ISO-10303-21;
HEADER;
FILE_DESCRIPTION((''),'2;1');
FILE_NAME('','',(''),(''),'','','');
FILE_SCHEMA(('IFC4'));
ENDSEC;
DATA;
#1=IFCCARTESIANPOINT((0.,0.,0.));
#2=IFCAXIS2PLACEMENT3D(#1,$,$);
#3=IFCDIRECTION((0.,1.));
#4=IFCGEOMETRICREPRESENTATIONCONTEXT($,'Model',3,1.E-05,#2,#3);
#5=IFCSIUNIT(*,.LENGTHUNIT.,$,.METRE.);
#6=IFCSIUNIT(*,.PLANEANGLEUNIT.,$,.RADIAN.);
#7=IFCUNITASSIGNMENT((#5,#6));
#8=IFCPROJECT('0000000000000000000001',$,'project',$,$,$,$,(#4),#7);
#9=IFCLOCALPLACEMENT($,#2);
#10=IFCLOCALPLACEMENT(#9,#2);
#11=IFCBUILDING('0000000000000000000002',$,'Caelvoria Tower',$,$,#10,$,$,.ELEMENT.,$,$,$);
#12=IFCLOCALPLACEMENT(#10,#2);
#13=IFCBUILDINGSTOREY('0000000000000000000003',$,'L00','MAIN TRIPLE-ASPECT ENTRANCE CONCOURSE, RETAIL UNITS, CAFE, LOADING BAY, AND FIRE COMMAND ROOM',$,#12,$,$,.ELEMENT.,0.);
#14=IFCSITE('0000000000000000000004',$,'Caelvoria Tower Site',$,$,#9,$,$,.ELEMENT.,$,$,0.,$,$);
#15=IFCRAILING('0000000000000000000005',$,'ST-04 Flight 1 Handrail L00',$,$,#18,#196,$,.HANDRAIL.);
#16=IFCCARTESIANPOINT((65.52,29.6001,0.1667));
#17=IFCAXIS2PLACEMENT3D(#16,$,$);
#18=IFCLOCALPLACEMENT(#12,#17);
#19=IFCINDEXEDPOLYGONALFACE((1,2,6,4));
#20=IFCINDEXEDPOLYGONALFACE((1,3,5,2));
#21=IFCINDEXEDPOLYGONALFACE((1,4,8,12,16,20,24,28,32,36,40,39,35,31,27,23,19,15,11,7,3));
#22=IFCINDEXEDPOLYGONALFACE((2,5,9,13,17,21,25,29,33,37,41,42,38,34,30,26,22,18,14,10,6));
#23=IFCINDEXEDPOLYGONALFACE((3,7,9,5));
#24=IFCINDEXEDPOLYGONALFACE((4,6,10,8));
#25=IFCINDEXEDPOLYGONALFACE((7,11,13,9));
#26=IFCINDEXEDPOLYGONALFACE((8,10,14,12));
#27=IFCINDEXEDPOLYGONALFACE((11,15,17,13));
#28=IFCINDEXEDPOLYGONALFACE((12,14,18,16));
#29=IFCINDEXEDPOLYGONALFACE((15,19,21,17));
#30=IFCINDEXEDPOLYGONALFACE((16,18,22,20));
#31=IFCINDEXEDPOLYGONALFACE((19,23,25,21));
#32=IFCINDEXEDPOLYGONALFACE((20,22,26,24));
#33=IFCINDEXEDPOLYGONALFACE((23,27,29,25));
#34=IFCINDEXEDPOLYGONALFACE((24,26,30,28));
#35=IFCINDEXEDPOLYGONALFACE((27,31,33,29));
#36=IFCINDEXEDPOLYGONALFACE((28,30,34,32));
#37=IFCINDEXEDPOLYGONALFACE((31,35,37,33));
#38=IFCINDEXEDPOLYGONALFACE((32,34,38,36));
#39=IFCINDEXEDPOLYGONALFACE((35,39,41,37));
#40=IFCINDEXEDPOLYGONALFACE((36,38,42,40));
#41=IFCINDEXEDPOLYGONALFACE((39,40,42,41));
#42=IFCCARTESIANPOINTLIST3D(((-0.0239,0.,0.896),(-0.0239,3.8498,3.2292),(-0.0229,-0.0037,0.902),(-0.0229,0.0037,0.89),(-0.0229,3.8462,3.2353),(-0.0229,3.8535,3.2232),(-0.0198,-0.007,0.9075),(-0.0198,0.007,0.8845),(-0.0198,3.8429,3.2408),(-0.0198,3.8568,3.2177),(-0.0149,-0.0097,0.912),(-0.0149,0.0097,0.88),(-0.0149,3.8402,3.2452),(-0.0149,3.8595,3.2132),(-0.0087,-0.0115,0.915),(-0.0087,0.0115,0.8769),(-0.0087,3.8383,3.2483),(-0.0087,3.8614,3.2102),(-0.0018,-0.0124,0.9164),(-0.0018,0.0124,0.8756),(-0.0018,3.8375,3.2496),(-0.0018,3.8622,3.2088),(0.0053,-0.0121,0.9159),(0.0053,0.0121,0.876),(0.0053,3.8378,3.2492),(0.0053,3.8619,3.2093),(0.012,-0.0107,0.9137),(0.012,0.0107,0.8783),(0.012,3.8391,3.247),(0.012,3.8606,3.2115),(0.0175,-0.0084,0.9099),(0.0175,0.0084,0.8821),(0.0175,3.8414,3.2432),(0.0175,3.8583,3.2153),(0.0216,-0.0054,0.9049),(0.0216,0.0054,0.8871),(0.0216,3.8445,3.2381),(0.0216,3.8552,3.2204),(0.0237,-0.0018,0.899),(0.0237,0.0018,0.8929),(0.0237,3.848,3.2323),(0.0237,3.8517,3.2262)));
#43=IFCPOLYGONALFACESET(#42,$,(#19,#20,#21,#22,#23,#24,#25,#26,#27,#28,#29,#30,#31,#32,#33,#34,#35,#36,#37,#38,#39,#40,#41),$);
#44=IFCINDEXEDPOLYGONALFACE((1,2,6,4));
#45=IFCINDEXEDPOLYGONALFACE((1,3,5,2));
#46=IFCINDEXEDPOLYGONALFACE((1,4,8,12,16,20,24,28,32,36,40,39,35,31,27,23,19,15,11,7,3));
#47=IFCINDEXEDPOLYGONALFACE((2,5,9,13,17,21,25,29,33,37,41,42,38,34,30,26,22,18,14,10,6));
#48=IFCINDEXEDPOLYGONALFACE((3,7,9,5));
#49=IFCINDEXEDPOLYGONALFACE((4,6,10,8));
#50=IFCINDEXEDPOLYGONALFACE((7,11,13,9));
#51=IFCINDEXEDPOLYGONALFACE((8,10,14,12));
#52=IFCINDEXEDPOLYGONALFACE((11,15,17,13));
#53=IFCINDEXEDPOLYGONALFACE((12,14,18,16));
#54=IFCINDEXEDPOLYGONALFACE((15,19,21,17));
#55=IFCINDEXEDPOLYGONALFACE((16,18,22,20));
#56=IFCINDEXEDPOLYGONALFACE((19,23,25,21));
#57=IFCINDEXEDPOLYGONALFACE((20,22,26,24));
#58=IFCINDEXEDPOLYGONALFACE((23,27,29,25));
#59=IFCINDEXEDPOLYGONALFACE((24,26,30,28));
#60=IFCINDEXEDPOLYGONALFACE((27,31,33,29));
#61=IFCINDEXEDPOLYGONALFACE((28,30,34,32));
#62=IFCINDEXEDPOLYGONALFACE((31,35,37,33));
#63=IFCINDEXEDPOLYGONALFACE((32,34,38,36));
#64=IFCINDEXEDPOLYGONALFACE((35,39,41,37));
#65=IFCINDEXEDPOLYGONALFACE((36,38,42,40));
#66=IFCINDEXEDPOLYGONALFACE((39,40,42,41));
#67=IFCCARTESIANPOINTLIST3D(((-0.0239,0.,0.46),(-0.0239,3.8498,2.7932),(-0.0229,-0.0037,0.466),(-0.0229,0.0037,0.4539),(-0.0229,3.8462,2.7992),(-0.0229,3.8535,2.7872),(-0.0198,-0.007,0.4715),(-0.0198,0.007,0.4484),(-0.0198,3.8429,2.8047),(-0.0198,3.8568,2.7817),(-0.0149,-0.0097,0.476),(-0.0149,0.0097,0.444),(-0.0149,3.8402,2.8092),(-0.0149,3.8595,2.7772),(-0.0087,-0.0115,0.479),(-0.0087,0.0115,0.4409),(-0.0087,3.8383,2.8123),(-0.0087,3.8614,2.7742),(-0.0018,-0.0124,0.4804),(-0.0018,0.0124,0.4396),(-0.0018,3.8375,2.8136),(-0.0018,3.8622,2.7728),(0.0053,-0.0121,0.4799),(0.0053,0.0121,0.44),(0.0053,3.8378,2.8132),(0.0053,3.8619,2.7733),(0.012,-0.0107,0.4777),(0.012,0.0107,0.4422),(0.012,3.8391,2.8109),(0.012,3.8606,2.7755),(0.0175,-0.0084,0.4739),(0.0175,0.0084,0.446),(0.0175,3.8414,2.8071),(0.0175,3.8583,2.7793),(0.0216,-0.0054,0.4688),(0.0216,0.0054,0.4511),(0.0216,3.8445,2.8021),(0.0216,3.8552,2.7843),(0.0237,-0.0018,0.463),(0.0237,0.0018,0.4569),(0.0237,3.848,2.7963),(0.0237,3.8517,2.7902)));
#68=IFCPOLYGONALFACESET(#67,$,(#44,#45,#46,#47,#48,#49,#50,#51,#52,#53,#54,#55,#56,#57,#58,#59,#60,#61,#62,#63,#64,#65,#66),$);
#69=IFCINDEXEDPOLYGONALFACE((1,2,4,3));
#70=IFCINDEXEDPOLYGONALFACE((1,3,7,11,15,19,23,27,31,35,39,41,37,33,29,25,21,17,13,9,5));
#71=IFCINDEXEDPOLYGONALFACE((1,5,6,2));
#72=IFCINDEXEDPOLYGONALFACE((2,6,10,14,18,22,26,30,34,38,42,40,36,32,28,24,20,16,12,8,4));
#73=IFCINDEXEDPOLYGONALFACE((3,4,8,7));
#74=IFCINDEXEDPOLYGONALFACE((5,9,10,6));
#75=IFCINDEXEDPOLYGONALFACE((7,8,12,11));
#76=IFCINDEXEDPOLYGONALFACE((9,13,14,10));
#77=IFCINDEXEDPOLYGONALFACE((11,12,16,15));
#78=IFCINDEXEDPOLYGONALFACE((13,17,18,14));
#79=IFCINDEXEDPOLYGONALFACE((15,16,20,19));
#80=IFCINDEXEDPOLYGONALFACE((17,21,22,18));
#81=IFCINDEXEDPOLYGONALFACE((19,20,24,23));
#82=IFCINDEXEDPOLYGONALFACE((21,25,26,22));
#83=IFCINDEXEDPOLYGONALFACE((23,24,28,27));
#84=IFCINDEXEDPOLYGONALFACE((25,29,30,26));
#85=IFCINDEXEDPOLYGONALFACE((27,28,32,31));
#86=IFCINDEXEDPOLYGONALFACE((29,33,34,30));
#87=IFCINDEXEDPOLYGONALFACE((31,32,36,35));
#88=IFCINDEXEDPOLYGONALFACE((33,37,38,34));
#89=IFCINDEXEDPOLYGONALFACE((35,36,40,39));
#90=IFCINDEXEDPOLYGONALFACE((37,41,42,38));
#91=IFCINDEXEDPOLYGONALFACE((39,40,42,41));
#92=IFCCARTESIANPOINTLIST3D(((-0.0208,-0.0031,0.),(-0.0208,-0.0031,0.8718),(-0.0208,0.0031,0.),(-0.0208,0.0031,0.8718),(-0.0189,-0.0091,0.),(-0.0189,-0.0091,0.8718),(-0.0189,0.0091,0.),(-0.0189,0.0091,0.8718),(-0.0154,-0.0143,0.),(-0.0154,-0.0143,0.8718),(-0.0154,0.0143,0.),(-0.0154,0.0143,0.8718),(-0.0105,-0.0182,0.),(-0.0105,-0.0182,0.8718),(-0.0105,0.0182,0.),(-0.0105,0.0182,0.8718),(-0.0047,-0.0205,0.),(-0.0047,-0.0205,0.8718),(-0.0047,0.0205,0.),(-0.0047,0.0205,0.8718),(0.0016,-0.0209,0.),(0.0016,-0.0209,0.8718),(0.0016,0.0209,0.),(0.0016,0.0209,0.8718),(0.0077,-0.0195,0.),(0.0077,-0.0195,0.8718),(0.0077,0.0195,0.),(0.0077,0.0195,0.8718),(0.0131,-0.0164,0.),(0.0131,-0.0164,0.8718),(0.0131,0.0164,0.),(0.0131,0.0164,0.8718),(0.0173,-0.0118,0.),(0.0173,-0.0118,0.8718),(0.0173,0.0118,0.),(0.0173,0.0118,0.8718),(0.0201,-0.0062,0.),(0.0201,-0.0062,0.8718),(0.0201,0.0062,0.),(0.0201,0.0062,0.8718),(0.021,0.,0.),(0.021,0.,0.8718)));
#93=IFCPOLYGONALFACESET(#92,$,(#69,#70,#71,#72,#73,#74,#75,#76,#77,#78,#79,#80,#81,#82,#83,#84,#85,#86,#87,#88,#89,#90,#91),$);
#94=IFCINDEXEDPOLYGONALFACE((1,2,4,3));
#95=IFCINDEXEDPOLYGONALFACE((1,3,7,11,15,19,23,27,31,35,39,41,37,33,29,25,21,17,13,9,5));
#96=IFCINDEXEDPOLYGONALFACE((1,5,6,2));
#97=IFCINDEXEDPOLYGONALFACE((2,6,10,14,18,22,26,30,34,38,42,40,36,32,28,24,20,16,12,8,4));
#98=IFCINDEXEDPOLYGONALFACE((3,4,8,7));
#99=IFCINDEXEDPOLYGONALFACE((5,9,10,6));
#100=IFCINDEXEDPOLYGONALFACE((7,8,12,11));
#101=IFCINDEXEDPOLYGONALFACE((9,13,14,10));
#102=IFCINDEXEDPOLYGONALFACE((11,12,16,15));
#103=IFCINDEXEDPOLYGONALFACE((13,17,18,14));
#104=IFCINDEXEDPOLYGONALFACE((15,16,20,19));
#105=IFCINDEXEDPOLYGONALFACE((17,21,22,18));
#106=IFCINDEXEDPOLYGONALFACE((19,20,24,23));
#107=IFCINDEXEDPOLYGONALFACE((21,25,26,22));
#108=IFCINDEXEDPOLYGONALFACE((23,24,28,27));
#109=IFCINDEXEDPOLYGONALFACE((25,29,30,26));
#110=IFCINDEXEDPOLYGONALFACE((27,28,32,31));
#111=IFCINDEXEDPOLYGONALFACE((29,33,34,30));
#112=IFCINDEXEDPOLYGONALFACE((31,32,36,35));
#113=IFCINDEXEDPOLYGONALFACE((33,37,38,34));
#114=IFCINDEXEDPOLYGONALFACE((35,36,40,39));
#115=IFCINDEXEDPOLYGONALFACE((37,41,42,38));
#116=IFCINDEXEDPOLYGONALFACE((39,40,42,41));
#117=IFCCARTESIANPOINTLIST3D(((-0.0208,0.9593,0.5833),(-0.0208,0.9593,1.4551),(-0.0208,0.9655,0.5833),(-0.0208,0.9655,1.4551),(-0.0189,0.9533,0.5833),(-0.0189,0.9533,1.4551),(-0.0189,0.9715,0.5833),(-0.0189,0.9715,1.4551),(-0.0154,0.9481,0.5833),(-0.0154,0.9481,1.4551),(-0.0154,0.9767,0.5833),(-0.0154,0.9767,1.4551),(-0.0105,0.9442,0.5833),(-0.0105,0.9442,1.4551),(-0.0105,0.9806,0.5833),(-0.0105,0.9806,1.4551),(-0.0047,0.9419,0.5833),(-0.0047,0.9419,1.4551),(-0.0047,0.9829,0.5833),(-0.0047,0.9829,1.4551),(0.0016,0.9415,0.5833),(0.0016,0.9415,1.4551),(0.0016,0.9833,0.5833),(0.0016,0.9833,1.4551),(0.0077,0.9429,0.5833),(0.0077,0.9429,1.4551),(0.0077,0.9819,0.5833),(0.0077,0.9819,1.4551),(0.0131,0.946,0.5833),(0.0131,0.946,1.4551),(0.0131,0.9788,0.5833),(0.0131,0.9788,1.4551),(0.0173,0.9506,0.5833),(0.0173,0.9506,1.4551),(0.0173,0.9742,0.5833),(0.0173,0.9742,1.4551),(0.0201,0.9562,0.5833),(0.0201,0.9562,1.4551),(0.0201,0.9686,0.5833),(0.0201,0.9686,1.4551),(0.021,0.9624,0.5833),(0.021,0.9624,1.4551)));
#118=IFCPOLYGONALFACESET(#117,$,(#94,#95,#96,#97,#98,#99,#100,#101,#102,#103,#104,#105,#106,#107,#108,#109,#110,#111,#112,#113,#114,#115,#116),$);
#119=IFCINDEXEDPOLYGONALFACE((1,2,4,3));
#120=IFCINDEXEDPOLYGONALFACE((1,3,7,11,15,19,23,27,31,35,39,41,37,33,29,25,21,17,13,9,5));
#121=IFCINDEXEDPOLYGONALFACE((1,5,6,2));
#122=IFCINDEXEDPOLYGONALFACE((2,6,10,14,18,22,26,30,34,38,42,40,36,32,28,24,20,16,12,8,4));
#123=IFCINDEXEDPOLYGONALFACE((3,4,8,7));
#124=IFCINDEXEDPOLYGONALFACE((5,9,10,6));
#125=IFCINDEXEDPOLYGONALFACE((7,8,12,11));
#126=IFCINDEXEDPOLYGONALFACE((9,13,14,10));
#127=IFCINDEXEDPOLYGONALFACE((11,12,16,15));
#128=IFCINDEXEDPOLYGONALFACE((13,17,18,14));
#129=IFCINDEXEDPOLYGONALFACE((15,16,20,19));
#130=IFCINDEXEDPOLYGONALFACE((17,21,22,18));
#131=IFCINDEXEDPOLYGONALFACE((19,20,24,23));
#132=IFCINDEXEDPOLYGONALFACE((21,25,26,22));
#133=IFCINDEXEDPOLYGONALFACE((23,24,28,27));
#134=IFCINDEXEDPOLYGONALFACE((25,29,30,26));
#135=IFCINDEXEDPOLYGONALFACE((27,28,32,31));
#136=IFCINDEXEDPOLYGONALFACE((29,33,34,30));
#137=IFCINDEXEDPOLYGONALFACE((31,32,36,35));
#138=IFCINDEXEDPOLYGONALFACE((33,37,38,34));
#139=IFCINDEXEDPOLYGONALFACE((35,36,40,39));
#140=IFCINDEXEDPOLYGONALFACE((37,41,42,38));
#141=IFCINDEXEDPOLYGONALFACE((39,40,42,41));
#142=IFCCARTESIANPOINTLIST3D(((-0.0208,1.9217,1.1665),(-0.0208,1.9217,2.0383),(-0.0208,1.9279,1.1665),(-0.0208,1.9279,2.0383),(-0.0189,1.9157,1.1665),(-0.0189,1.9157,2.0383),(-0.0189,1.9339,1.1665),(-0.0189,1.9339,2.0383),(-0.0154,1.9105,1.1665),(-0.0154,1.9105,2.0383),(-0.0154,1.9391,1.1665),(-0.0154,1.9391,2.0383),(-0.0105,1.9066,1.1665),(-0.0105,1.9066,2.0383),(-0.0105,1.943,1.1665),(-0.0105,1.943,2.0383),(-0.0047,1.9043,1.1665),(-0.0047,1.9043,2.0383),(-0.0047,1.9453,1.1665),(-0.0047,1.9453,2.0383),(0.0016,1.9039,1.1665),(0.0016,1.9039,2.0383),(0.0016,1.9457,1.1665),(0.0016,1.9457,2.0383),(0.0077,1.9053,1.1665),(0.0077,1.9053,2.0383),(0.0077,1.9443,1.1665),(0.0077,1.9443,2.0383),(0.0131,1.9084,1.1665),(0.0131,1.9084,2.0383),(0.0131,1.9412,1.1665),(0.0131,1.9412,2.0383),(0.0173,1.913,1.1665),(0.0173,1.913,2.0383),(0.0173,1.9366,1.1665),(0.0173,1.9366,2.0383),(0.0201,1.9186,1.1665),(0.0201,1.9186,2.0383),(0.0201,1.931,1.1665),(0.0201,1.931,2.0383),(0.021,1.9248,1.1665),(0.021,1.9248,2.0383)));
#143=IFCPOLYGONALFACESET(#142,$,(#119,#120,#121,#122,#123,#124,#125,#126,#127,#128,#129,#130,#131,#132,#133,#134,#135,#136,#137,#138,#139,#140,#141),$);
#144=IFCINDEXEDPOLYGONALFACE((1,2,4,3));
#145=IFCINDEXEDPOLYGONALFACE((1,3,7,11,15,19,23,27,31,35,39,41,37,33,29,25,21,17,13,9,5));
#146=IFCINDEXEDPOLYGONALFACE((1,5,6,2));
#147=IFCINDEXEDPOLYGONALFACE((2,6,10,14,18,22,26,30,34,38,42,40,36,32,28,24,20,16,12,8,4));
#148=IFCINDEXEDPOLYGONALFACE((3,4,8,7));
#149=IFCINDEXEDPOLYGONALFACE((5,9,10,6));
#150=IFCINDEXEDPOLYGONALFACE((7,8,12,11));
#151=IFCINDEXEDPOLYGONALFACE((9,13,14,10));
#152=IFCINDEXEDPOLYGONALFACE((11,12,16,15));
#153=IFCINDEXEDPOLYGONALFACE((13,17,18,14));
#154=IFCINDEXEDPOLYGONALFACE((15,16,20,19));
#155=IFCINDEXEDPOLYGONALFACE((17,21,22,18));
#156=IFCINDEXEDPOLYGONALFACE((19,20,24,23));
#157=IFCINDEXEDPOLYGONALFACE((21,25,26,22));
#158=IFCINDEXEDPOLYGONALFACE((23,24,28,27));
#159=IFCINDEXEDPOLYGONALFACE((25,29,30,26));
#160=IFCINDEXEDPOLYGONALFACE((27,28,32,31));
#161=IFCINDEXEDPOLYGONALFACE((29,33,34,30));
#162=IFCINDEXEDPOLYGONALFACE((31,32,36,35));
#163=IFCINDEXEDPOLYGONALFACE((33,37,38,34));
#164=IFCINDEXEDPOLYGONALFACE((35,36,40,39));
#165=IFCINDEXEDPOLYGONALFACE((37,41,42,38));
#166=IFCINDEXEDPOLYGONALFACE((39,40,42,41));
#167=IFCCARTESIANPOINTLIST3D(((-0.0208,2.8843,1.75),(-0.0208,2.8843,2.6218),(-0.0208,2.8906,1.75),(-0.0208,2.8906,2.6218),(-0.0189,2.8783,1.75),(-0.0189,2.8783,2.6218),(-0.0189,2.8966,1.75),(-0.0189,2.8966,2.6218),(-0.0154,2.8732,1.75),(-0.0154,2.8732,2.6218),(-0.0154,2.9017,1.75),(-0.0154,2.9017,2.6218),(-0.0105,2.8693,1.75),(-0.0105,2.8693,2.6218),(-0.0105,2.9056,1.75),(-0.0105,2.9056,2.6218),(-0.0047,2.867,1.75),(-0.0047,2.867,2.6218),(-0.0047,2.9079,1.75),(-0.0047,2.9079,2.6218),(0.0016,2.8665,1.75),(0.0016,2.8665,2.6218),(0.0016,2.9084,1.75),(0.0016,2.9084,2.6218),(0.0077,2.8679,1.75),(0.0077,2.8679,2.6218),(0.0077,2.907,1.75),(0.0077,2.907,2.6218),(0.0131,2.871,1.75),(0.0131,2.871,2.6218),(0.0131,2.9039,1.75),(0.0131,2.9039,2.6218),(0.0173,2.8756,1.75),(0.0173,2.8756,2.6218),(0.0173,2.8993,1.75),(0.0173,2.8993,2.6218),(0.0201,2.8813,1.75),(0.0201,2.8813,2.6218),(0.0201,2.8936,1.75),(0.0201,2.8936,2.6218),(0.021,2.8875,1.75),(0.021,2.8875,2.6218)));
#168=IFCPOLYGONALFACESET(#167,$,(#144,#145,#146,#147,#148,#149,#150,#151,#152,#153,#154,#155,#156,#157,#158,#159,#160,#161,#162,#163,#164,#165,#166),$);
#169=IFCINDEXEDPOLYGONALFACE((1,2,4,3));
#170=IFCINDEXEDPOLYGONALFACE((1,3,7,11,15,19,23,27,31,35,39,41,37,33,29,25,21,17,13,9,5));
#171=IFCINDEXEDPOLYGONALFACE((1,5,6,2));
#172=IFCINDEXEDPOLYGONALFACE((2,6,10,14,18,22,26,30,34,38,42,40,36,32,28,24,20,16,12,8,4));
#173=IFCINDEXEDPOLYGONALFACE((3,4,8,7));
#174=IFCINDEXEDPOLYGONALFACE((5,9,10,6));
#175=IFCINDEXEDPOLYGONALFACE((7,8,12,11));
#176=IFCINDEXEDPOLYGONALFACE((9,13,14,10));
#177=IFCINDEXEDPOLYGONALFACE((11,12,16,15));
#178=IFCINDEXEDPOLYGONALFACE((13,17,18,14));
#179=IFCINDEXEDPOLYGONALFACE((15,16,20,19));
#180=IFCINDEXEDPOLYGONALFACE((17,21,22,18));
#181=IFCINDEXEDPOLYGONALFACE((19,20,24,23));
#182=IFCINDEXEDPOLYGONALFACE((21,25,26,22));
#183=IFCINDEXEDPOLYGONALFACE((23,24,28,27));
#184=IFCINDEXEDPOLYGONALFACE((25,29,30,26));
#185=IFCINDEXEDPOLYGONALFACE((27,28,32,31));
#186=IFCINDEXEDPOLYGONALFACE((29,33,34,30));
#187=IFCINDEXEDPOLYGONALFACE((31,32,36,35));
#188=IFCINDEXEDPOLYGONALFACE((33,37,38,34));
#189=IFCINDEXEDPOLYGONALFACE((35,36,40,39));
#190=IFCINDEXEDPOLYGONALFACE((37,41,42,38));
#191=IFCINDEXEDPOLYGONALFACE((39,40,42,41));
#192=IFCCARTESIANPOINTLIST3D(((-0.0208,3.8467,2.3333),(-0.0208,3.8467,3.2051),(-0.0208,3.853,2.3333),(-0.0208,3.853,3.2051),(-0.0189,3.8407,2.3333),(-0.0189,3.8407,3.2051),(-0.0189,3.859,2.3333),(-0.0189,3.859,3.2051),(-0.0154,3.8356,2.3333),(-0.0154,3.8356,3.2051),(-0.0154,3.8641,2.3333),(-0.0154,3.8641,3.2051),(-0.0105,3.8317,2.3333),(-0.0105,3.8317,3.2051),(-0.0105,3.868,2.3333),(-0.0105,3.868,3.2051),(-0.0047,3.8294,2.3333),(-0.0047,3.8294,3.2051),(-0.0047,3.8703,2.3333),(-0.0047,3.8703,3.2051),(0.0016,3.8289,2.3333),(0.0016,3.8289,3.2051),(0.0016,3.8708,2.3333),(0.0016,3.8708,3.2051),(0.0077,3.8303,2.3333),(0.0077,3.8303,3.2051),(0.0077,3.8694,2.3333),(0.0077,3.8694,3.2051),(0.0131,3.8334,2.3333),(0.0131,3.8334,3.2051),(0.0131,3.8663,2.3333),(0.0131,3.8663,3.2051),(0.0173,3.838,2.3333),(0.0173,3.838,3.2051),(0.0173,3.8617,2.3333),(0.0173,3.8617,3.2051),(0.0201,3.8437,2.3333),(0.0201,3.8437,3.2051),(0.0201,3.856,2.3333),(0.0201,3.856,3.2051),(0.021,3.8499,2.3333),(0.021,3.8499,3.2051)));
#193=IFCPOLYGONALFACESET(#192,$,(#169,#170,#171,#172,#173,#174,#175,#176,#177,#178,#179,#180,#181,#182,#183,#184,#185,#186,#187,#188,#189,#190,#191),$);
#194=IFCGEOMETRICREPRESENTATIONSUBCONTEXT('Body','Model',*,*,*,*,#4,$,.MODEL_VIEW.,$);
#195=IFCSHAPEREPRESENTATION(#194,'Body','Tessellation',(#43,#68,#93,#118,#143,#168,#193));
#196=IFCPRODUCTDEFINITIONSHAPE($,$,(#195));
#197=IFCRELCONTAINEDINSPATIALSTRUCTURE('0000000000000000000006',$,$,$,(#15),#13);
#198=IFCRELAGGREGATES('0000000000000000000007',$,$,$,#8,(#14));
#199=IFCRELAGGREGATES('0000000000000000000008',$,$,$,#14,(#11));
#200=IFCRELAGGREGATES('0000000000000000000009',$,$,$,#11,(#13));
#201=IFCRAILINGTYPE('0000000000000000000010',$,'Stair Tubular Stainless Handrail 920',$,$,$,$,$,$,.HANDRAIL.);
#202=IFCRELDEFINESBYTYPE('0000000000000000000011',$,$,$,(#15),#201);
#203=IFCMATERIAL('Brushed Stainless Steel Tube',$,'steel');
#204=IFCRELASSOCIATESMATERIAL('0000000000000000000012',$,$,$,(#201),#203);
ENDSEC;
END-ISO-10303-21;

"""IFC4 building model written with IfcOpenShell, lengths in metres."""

from ifc_helpers import new_model, si_unit, direction, frame, origin, origin_2d, place, context, subcontext, project, spatial, circle, extrude, material, type_object, element, save


model = new_model("IFC4")

# Units and contexts
model_context = context("Model", 3, precision=1e-05, world=origin(), true_north=direction((0.0, 1.0)))
body_context = subcontext(model_context, "Body", "Model", "MODEL_VIEW")
ifc_project = project(units=[si_unit("LENGTHUNIT", "METRE"), si_unit("PLANEANGLEUNIT", "RADIAN")], contexts=[model_context])

# Site, building, storey
site_placement = place(None, origin())
site = spatial("IfcSite", under=ifc_project, at=site_placement, Name="Caelvoria Tower Site", CompositionType="ELEMENT", RefElevation=0.0)
building_placement = place(site_placement, origin())
building = spatial("IfcBuilding", under=site, at=building_placement, Name="Caelvoria Tower", CompositionType="ELEMENT")
storey_placement = place(building_placement, origin())
storey = spatial("IfcBuildingStorey", under=building, at=storey_placement, Name="L00", Description="MAIN TRIPLE-ASPECT ENTRANCE CONCOURSE, RETAIL UNITS, CAFE, LOADING BAY, AND FIRE COMMAND ROOM", CompositionType="ELEMENT", Elevation=0.0)

# Railing
ifc_material_1 = material(Name="Brushed Stainless Steel Tube", Category="steel")
railing_type = type_object("IfcRailingType", Name="Stair Tubular Stainless Handrail 920", PredefinedType="HANDRAIL", material=ifc_material_1)
railing_placement = place(storey_placement, frame((65.52, 29.6001, 0.1667)))
element("IfcRailing", 1, at=railing_placement, inside=storey, type_object=railing_type, Name="ST-04 Flight 1 Handrail L00", PredefinedType="HANDRAIL", context=body_context, shape_type="SweptSolid", body=[
    extrude(circle(Radius=0.0239, at=origin_2d()), frame((0.0, 0.0, 0.896), z_axis=(0.0, 0.855197, 0.518303), x_axis=(-1.0, 0.0, 0.0)), (0.0, 0.0, 1.0), 4.5017),
    extrude(circle(Radius=0.0239, at=origin_2d()), frame((0.0, 0.0, 0.46), z_axis=(0.0, 0.855197, 0.518303), x_axis=(-1.0, 0.0, 0.0)), (0.0, 0.0, 1.0), 4.5017),
    extrude(circle(Radius=0.021, at=origin_2d()), origin(), (0.0, 0.0, 1.0), 0.8718),
    extrude(circle(Radius=0.021, at=origin_2d()), frame((0.0, 0.9624, 0.5833)), (0.0, 0.0, 1.0), 0.8718),
    extrude(circle(Radius=0.021, at=origin_2d()), frame((0.0, 1.9248, 1.1665)), (0.0, 0.0, 1.0), 0.8718),
    extrude(circle(Radius=0.021, at=origin_2d()), frame((0.0, 2.8875, 1.75)), (0.0, 0.0, 1.0), 0.8718),
    extrude(circle(Radius=0.021, at=origin_2d()), frame((0.0, 3.8499, 2.3333)), (0.0, 0.0, 1.0), 0.8718),
])

save(model, "model.ifc")
